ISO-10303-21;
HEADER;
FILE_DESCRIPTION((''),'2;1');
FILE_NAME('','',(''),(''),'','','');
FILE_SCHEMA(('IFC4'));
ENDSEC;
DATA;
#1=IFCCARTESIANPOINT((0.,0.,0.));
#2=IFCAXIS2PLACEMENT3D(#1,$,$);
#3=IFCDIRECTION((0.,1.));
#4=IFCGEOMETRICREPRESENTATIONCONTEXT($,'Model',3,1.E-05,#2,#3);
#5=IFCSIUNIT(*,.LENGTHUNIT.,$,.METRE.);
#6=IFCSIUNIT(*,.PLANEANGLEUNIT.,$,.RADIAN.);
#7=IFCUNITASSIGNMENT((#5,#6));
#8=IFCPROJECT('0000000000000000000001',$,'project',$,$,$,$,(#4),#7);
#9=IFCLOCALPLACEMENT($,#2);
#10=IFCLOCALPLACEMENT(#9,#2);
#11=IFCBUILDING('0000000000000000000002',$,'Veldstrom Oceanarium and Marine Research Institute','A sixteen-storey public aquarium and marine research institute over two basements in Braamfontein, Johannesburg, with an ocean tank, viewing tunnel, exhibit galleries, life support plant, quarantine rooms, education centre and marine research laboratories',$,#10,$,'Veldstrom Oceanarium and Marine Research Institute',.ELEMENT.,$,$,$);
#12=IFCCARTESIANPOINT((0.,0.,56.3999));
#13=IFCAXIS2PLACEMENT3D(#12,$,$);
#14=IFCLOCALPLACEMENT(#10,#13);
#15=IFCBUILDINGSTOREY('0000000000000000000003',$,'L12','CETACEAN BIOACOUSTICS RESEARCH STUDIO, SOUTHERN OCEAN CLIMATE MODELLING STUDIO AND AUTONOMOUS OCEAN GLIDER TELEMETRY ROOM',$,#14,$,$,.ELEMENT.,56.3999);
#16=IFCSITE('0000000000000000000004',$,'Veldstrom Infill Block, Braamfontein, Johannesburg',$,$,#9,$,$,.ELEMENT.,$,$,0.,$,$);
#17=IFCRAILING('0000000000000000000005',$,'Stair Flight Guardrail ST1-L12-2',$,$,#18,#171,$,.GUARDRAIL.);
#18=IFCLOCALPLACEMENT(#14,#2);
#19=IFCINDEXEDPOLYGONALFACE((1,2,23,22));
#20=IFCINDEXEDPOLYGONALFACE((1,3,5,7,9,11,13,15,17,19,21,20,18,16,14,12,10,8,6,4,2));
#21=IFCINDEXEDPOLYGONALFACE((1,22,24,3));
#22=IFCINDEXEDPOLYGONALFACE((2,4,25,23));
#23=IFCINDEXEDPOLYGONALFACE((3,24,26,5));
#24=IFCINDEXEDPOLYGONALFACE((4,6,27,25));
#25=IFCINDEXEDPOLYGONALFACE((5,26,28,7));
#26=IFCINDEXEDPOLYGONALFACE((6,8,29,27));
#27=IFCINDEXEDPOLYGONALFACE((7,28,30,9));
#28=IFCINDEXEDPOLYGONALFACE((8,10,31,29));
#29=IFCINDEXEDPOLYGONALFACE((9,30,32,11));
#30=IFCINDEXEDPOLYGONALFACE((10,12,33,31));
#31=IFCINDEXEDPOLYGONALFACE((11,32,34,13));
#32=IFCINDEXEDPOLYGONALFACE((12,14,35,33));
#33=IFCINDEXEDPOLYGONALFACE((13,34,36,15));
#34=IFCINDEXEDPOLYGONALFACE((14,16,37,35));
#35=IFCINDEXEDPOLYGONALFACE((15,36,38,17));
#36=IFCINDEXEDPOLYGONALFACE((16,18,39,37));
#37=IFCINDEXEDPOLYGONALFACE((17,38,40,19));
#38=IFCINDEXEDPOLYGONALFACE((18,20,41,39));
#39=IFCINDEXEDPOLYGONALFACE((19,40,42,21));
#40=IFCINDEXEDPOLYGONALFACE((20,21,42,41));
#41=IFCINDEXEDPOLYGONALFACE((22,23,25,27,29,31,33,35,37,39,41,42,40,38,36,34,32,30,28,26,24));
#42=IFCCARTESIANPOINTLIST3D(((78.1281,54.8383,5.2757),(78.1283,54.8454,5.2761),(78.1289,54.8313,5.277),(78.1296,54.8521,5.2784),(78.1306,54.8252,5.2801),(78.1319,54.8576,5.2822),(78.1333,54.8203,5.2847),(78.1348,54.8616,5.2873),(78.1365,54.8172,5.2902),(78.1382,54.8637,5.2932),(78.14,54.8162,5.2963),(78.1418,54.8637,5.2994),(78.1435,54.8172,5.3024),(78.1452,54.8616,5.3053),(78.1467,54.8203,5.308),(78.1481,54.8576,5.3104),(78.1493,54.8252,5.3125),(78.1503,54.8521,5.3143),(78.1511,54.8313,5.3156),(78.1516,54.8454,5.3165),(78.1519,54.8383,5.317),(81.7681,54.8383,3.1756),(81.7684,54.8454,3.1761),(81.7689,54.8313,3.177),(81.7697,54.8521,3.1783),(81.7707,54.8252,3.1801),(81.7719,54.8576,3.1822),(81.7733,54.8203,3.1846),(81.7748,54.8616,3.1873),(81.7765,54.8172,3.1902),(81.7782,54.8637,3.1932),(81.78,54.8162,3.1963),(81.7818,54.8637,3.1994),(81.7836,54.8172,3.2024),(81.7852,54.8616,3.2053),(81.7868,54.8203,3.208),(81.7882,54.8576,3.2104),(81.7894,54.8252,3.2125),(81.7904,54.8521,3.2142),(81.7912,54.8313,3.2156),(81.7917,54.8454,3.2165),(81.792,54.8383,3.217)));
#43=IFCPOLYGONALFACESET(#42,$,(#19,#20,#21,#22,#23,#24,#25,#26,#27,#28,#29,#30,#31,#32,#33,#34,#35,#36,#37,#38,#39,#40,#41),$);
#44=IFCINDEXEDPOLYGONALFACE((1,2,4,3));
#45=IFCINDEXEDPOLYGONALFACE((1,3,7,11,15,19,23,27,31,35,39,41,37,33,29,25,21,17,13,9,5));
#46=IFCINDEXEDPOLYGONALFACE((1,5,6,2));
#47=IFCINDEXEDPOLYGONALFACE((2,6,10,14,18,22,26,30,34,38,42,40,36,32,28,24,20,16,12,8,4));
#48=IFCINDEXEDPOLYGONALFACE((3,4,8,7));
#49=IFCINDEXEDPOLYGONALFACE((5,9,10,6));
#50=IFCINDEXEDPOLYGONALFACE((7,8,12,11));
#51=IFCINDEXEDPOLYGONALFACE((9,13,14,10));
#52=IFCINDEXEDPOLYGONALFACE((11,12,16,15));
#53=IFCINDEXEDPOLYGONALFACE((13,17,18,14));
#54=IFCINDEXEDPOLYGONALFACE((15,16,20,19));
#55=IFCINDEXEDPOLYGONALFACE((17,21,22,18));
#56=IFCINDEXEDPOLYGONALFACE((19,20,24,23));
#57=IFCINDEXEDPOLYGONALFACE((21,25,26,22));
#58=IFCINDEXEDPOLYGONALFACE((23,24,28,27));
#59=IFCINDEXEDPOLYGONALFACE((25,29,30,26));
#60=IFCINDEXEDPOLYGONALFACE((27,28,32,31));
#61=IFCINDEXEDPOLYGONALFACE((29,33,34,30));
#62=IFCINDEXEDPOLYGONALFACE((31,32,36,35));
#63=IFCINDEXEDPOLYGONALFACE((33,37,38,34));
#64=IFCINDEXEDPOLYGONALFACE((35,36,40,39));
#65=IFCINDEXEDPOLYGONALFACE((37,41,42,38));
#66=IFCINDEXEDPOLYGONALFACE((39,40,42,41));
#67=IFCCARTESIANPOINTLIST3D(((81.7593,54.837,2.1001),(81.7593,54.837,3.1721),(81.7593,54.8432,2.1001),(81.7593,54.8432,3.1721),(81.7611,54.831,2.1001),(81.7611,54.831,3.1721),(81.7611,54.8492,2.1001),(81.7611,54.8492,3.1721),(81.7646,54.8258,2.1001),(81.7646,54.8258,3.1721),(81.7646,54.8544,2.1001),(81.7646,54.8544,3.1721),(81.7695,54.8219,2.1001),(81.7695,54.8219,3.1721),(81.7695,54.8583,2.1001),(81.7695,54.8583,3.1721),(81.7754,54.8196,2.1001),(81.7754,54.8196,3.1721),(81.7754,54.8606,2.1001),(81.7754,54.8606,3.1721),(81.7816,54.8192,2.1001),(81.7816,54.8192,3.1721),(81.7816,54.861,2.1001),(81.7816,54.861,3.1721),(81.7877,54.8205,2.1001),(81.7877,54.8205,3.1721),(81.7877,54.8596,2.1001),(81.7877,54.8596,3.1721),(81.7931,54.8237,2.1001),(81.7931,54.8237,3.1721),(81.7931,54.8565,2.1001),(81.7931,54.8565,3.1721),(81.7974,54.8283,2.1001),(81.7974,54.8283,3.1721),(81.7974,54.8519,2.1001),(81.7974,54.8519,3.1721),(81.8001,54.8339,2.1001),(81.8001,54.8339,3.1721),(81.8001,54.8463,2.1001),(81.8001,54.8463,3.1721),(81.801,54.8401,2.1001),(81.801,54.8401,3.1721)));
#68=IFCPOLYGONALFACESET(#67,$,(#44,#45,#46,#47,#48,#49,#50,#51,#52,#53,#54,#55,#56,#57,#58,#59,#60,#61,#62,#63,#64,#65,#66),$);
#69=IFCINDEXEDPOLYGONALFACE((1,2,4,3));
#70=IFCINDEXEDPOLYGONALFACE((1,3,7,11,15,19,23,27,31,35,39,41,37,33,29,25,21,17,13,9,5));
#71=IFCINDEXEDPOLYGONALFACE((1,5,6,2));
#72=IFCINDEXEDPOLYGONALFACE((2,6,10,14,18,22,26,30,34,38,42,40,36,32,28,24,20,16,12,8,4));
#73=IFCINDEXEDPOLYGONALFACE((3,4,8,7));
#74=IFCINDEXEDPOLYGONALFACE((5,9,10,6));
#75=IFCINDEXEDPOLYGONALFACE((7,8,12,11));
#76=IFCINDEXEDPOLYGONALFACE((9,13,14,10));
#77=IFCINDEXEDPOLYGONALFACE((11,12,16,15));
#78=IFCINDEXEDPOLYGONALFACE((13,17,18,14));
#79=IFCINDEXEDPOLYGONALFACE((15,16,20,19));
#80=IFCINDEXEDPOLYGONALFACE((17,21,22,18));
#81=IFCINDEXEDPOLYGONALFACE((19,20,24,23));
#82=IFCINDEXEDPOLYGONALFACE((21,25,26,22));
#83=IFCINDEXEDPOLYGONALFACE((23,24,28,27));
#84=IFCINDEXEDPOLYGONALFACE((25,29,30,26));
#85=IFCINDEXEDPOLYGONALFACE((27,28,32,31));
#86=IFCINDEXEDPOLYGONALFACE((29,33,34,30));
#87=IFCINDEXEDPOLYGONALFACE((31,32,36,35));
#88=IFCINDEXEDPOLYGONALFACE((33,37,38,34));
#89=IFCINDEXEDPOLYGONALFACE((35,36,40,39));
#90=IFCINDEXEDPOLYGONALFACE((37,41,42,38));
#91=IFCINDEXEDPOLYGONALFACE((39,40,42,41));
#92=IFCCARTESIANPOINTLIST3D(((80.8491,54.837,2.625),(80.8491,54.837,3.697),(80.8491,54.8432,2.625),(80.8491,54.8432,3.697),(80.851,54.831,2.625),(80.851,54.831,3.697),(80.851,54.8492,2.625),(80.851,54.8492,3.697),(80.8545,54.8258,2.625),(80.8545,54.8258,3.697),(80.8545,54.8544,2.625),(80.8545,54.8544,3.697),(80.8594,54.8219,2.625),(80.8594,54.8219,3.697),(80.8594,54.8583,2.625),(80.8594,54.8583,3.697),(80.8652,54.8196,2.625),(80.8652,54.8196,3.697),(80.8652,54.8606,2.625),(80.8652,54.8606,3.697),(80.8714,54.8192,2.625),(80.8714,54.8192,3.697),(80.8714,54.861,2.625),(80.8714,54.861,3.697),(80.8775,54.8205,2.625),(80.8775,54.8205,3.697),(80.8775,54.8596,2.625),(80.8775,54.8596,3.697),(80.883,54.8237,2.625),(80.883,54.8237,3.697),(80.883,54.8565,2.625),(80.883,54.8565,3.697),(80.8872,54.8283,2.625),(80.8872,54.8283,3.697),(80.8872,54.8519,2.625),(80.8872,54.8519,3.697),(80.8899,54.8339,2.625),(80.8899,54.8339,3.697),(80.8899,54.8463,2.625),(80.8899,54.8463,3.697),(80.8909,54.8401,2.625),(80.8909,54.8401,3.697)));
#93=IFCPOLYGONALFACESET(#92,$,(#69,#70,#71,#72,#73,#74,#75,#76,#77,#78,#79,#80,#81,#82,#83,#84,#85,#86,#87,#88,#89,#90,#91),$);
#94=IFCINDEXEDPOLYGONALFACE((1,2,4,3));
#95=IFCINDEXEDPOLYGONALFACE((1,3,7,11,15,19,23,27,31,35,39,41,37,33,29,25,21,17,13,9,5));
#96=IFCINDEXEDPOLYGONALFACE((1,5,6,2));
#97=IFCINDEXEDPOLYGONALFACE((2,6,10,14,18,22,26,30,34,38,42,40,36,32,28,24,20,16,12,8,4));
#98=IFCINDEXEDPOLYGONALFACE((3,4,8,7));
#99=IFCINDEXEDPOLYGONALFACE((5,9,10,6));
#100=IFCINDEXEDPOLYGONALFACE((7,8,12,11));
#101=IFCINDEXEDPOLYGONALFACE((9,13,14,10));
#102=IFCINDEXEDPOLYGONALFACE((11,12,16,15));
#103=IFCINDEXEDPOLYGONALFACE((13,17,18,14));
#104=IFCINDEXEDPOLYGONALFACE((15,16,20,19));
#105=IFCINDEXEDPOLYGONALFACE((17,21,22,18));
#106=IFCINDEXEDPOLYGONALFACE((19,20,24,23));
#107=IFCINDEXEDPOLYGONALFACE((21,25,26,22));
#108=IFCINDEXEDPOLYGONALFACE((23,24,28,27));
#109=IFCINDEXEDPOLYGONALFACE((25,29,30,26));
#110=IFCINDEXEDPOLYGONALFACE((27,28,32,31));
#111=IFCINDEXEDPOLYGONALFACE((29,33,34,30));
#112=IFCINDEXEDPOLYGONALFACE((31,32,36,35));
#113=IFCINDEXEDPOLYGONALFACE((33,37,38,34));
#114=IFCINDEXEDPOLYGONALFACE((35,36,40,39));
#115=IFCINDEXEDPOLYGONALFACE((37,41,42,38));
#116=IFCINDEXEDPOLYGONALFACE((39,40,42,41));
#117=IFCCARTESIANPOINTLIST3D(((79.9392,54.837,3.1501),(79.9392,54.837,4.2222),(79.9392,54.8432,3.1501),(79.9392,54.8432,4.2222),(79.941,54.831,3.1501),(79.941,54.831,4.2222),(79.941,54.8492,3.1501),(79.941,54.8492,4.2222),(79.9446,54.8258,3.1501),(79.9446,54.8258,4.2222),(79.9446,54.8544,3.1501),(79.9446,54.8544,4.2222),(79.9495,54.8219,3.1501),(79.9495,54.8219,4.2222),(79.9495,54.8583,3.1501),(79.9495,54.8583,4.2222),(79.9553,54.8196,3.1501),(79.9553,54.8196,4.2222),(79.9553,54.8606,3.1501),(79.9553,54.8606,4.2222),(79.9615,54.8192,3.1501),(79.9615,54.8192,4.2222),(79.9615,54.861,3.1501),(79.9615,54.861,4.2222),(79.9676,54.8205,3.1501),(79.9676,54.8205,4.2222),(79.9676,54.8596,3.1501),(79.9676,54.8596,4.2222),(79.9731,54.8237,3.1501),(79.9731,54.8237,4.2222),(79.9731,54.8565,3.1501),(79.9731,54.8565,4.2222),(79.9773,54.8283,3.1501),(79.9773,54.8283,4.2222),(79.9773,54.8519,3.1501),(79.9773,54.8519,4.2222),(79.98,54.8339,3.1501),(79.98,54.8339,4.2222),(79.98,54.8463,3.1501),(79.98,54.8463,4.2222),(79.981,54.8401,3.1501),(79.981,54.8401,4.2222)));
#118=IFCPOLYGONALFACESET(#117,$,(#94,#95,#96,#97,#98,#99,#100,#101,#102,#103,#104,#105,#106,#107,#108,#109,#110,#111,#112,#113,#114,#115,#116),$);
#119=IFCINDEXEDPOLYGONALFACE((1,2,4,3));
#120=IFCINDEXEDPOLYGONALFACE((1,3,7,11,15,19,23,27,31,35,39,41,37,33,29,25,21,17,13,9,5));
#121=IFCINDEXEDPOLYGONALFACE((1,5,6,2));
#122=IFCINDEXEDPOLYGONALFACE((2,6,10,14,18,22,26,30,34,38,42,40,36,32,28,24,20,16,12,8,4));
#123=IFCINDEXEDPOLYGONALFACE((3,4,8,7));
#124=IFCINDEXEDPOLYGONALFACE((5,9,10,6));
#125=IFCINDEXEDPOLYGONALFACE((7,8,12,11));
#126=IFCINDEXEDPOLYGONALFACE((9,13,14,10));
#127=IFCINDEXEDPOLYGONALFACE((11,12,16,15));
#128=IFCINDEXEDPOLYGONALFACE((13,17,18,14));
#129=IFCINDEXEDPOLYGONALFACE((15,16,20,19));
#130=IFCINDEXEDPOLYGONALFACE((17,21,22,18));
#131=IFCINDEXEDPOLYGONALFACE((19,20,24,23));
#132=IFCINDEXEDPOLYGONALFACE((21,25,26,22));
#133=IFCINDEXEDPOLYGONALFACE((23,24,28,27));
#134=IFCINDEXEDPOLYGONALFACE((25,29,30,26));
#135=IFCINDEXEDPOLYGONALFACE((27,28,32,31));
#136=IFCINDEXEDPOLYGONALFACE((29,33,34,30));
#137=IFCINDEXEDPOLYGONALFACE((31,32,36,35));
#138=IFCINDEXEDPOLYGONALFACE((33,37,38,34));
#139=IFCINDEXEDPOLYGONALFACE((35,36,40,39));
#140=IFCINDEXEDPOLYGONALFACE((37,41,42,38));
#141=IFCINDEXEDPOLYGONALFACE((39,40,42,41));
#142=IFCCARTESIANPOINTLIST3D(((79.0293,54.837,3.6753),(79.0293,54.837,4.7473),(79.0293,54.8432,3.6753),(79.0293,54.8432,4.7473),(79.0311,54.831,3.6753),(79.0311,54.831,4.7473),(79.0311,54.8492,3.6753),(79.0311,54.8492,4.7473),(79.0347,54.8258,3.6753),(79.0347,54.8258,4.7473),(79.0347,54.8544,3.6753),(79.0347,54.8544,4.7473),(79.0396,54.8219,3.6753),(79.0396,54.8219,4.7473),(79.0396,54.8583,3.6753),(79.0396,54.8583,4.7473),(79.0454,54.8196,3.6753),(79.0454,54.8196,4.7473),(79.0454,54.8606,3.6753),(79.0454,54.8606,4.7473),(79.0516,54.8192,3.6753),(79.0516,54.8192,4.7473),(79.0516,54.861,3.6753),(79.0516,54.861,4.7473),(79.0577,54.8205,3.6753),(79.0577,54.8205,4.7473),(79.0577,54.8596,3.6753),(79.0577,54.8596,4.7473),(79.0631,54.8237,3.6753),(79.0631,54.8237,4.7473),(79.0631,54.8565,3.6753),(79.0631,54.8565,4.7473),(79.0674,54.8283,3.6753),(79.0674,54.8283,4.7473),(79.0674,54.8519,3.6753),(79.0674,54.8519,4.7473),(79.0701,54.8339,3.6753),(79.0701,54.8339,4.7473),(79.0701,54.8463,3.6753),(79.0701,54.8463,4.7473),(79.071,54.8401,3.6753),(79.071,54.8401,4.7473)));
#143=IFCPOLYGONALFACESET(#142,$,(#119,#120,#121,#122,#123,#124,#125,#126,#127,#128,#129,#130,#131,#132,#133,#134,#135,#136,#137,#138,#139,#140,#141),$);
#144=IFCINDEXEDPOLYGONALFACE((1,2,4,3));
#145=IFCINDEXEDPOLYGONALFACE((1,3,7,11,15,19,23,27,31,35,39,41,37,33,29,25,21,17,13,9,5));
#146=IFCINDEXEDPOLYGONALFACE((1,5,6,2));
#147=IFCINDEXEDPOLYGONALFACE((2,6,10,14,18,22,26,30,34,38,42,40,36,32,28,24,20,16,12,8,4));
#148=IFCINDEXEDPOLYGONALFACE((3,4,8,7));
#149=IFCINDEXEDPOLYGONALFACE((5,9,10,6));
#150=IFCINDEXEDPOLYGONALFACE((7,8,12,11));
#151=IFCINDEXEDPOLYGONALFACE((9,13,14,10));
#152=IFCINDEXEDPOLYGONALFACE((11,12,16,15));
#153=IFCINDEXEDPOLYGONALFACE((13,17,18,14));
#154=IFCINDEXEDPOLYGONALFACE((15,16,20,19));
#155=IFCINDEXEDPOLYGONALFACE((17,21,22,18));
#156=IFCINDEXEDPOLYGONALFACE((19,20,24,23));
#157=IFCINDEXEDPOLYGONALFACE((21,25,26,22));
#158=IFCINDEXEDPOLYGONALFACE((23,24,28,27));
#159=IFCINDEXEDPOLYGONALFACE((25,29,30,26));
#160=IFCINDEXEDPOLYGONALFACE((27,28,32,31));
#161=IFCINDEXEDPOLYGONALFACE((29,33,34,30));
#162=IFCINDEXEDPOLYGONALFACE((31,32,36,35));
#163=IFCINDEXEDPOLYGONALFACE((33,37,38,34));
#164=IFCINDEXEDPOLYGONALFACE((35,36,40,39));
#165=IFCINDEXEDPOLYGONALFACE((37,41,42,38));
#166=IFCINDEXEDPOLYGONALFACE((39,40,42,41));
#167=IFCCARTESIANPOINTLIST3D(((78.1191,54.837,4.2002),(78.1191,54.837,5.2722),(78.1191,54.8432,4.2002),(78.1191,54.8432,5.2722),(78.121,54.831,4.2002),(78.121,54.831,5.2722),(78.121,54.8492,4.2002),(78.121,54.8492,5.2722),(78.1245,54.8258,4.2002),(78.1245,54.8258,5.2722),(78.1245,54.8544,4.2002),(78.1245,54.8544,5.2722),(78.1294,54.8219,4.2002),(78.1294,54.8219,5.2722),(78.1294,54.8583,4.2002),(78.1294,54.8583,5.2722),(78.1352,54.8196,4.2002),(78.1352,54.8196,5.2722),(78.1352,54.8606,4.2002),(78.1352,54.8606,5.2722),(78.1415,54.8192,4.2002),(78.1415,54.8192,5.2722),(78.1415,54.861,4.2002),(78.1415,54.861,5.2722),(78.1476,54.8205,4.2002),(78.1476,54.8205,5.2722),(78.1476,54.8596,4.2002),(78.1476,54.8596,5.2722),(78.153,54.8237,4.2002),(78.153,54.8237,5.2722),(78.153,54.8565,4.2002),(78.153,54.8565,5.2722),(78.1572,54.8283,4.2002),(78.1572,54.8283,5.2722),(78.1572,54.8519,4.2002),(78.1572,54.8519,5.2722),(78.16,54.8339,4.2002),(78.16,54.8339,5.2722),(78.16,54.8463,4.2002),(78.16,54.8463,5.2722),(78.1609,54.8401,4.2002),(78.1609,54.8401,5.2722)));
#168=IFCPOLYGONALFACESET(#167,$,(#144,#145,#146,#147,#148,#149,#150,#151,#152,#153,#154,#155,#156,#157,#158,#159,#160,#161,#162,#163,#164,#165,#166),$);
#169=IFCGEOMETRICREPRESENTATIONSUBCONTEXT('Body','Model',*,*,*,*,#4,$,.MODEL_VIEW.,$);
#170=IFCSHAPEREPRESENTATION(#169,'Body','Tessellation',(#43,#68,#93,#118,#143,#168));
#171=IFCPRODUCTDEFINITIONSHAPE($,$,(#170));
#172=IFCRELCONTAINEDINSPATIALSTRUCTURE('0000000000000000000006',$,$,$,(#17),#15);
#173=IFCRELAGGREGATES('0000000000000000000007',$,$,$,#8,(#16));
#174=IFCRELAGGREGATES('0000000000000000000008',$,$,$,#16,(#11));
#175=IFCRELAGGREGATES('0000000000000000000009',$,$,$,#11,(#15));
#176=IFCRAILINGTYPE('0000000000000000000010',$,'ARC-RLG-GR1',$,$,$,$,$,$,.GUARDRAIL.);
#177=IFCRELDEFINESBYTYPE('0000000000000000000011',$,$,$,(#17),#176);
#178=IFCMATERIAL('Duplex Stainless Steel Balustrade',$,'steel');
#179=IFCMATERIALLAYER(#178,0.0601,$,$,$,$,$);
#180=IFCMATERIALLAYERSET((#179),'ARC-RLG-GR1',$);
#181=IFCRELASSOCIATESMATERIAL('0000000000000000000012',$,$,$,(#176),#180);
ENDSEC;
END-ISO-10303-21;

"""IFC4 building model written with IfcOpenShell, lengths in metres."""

from ifc_helpers import new_model, si_unit, direction, frame, origin, origin_2d, place, context, subcontext, project, spatial, circle, extrude, material, layer, layer_set, type_object, element, save


model = new_model("IFC4")

# Units and contexts
model_context = context("Model", 3, precision=1e-05, world=origin(), true_north=direction((0.0, 1.0)))
body_context = subcontext(model_context, "Body", "Model", "MODEL_VIEW")
ifc_project = project(units=[si_unit("LENGTHUNIT", "METRE"), si_unit("PLANEANGLEUNIT", "RADIAN")], contexts=[model_context])

# Site, building, storey
site_placement = place(None, origin())
site = spatial("IfcSite", under=ifc_project, at=site_placement, Name="Veldstrom Infill Block, Braamfontein, Johannesburg", CompositionType="ELEMENT", RefElevation=0.0)
building_placement = place(site_placement, origin())
building = spatial("IfcBuilding", under=site, at=building_placement, Name="Veldstrom Oceanarium and Marine Research Institute", Description="A sixteen-storey public aquarium and marine research institute over two basements in Braamfontein, Johannesburg, with an ocean tank, viewing tunnel, exhibit galleries, life support plant, quarantine rooms, education centre and marine research laboratories", LongName="Veldstrom Oceanarium and Marine Research Institute", CompositionType="ELEMENT")
storey_placement = place(building_placement, frame((0.0, 0.0, 56.3999)))
storey = spatial("IfcBuildingStorey", under=building, at=storey_placement, Name="L12", Description="CETACEAN BIOACOUSTICS RESEARCH STUDIO, SOUTHERN OCEAN CLIMATE MODELLING STUDIO AND AUTONOMOUS OCEAN GLIDER TELEMETRY ROOM", CompositionType="ELEMENT", Elevation=56.3999)

# Railing
ifc_material_1 = material(Name="Duplex Stainless Steel Balustrade", Category="steel")
ifc_layer_1 = layer(ifc_material_1, 0.0601)
ifc_layer_set_1 = layer_set([ifc_layer_1], Name="ARC-RLG-GR1")
railing_type_1 = type_object("IfcRailingType", Name="ARC-RLG-GR1", PredefinedType="GUARDRAIL", material=ifc_layer_set_1)
railing_1_placement = place(storey_placement, frame((81.78, 54.8401, 2.1001)))
element("IfcRailing", 1, at=railing_1_placement, inside=storey, type_object=railing_type_1, Name="Stair Flight Guardrail ST1-L12-2", PredefinedType="GUARDRAIL", context=body_context, shape_type="SweptSolid", body=[
    extrude(circle(Radius=0.0239, at=origin_2d()), frame((0.0, 0.0, 1.0962), z_axis=(-0.866184, 0.0, 0.499726), x_axis=(0.0, -1.0, 0.0)), (0.0, 0.0, 1.0), 4.2024),
    extrude(circle(Radius=0.021, at=origin_2d()), origin(), (0.0, 0.0, 1.0), 1.072),
    extrude(circle(Radius=0.021, at=origin_2d()), frame((-0.9102, 0.0, 0.5249)), (0.0, 0.0, 1.0), 1.072),
    extrude(circle(Radius=0.021, at=origin_2d()), frame((-1.8201, 0.0, 1.05)), (0.0, 0.0, 1.0), 1.072),
    extrude(circle(Radius=0.021, at=origin_2d()), frame((-2.73, 0.0, 1.5752)), (0.0, 0.0, 1.0), 1.072),
    extrude(circle(Radius=0.021, at=origin_2d()), frame((-3.6401, 0.0, 2.1001)), (0.0, 0.0, 1.0), 1.072),
])

save(model, "model.ifc")
